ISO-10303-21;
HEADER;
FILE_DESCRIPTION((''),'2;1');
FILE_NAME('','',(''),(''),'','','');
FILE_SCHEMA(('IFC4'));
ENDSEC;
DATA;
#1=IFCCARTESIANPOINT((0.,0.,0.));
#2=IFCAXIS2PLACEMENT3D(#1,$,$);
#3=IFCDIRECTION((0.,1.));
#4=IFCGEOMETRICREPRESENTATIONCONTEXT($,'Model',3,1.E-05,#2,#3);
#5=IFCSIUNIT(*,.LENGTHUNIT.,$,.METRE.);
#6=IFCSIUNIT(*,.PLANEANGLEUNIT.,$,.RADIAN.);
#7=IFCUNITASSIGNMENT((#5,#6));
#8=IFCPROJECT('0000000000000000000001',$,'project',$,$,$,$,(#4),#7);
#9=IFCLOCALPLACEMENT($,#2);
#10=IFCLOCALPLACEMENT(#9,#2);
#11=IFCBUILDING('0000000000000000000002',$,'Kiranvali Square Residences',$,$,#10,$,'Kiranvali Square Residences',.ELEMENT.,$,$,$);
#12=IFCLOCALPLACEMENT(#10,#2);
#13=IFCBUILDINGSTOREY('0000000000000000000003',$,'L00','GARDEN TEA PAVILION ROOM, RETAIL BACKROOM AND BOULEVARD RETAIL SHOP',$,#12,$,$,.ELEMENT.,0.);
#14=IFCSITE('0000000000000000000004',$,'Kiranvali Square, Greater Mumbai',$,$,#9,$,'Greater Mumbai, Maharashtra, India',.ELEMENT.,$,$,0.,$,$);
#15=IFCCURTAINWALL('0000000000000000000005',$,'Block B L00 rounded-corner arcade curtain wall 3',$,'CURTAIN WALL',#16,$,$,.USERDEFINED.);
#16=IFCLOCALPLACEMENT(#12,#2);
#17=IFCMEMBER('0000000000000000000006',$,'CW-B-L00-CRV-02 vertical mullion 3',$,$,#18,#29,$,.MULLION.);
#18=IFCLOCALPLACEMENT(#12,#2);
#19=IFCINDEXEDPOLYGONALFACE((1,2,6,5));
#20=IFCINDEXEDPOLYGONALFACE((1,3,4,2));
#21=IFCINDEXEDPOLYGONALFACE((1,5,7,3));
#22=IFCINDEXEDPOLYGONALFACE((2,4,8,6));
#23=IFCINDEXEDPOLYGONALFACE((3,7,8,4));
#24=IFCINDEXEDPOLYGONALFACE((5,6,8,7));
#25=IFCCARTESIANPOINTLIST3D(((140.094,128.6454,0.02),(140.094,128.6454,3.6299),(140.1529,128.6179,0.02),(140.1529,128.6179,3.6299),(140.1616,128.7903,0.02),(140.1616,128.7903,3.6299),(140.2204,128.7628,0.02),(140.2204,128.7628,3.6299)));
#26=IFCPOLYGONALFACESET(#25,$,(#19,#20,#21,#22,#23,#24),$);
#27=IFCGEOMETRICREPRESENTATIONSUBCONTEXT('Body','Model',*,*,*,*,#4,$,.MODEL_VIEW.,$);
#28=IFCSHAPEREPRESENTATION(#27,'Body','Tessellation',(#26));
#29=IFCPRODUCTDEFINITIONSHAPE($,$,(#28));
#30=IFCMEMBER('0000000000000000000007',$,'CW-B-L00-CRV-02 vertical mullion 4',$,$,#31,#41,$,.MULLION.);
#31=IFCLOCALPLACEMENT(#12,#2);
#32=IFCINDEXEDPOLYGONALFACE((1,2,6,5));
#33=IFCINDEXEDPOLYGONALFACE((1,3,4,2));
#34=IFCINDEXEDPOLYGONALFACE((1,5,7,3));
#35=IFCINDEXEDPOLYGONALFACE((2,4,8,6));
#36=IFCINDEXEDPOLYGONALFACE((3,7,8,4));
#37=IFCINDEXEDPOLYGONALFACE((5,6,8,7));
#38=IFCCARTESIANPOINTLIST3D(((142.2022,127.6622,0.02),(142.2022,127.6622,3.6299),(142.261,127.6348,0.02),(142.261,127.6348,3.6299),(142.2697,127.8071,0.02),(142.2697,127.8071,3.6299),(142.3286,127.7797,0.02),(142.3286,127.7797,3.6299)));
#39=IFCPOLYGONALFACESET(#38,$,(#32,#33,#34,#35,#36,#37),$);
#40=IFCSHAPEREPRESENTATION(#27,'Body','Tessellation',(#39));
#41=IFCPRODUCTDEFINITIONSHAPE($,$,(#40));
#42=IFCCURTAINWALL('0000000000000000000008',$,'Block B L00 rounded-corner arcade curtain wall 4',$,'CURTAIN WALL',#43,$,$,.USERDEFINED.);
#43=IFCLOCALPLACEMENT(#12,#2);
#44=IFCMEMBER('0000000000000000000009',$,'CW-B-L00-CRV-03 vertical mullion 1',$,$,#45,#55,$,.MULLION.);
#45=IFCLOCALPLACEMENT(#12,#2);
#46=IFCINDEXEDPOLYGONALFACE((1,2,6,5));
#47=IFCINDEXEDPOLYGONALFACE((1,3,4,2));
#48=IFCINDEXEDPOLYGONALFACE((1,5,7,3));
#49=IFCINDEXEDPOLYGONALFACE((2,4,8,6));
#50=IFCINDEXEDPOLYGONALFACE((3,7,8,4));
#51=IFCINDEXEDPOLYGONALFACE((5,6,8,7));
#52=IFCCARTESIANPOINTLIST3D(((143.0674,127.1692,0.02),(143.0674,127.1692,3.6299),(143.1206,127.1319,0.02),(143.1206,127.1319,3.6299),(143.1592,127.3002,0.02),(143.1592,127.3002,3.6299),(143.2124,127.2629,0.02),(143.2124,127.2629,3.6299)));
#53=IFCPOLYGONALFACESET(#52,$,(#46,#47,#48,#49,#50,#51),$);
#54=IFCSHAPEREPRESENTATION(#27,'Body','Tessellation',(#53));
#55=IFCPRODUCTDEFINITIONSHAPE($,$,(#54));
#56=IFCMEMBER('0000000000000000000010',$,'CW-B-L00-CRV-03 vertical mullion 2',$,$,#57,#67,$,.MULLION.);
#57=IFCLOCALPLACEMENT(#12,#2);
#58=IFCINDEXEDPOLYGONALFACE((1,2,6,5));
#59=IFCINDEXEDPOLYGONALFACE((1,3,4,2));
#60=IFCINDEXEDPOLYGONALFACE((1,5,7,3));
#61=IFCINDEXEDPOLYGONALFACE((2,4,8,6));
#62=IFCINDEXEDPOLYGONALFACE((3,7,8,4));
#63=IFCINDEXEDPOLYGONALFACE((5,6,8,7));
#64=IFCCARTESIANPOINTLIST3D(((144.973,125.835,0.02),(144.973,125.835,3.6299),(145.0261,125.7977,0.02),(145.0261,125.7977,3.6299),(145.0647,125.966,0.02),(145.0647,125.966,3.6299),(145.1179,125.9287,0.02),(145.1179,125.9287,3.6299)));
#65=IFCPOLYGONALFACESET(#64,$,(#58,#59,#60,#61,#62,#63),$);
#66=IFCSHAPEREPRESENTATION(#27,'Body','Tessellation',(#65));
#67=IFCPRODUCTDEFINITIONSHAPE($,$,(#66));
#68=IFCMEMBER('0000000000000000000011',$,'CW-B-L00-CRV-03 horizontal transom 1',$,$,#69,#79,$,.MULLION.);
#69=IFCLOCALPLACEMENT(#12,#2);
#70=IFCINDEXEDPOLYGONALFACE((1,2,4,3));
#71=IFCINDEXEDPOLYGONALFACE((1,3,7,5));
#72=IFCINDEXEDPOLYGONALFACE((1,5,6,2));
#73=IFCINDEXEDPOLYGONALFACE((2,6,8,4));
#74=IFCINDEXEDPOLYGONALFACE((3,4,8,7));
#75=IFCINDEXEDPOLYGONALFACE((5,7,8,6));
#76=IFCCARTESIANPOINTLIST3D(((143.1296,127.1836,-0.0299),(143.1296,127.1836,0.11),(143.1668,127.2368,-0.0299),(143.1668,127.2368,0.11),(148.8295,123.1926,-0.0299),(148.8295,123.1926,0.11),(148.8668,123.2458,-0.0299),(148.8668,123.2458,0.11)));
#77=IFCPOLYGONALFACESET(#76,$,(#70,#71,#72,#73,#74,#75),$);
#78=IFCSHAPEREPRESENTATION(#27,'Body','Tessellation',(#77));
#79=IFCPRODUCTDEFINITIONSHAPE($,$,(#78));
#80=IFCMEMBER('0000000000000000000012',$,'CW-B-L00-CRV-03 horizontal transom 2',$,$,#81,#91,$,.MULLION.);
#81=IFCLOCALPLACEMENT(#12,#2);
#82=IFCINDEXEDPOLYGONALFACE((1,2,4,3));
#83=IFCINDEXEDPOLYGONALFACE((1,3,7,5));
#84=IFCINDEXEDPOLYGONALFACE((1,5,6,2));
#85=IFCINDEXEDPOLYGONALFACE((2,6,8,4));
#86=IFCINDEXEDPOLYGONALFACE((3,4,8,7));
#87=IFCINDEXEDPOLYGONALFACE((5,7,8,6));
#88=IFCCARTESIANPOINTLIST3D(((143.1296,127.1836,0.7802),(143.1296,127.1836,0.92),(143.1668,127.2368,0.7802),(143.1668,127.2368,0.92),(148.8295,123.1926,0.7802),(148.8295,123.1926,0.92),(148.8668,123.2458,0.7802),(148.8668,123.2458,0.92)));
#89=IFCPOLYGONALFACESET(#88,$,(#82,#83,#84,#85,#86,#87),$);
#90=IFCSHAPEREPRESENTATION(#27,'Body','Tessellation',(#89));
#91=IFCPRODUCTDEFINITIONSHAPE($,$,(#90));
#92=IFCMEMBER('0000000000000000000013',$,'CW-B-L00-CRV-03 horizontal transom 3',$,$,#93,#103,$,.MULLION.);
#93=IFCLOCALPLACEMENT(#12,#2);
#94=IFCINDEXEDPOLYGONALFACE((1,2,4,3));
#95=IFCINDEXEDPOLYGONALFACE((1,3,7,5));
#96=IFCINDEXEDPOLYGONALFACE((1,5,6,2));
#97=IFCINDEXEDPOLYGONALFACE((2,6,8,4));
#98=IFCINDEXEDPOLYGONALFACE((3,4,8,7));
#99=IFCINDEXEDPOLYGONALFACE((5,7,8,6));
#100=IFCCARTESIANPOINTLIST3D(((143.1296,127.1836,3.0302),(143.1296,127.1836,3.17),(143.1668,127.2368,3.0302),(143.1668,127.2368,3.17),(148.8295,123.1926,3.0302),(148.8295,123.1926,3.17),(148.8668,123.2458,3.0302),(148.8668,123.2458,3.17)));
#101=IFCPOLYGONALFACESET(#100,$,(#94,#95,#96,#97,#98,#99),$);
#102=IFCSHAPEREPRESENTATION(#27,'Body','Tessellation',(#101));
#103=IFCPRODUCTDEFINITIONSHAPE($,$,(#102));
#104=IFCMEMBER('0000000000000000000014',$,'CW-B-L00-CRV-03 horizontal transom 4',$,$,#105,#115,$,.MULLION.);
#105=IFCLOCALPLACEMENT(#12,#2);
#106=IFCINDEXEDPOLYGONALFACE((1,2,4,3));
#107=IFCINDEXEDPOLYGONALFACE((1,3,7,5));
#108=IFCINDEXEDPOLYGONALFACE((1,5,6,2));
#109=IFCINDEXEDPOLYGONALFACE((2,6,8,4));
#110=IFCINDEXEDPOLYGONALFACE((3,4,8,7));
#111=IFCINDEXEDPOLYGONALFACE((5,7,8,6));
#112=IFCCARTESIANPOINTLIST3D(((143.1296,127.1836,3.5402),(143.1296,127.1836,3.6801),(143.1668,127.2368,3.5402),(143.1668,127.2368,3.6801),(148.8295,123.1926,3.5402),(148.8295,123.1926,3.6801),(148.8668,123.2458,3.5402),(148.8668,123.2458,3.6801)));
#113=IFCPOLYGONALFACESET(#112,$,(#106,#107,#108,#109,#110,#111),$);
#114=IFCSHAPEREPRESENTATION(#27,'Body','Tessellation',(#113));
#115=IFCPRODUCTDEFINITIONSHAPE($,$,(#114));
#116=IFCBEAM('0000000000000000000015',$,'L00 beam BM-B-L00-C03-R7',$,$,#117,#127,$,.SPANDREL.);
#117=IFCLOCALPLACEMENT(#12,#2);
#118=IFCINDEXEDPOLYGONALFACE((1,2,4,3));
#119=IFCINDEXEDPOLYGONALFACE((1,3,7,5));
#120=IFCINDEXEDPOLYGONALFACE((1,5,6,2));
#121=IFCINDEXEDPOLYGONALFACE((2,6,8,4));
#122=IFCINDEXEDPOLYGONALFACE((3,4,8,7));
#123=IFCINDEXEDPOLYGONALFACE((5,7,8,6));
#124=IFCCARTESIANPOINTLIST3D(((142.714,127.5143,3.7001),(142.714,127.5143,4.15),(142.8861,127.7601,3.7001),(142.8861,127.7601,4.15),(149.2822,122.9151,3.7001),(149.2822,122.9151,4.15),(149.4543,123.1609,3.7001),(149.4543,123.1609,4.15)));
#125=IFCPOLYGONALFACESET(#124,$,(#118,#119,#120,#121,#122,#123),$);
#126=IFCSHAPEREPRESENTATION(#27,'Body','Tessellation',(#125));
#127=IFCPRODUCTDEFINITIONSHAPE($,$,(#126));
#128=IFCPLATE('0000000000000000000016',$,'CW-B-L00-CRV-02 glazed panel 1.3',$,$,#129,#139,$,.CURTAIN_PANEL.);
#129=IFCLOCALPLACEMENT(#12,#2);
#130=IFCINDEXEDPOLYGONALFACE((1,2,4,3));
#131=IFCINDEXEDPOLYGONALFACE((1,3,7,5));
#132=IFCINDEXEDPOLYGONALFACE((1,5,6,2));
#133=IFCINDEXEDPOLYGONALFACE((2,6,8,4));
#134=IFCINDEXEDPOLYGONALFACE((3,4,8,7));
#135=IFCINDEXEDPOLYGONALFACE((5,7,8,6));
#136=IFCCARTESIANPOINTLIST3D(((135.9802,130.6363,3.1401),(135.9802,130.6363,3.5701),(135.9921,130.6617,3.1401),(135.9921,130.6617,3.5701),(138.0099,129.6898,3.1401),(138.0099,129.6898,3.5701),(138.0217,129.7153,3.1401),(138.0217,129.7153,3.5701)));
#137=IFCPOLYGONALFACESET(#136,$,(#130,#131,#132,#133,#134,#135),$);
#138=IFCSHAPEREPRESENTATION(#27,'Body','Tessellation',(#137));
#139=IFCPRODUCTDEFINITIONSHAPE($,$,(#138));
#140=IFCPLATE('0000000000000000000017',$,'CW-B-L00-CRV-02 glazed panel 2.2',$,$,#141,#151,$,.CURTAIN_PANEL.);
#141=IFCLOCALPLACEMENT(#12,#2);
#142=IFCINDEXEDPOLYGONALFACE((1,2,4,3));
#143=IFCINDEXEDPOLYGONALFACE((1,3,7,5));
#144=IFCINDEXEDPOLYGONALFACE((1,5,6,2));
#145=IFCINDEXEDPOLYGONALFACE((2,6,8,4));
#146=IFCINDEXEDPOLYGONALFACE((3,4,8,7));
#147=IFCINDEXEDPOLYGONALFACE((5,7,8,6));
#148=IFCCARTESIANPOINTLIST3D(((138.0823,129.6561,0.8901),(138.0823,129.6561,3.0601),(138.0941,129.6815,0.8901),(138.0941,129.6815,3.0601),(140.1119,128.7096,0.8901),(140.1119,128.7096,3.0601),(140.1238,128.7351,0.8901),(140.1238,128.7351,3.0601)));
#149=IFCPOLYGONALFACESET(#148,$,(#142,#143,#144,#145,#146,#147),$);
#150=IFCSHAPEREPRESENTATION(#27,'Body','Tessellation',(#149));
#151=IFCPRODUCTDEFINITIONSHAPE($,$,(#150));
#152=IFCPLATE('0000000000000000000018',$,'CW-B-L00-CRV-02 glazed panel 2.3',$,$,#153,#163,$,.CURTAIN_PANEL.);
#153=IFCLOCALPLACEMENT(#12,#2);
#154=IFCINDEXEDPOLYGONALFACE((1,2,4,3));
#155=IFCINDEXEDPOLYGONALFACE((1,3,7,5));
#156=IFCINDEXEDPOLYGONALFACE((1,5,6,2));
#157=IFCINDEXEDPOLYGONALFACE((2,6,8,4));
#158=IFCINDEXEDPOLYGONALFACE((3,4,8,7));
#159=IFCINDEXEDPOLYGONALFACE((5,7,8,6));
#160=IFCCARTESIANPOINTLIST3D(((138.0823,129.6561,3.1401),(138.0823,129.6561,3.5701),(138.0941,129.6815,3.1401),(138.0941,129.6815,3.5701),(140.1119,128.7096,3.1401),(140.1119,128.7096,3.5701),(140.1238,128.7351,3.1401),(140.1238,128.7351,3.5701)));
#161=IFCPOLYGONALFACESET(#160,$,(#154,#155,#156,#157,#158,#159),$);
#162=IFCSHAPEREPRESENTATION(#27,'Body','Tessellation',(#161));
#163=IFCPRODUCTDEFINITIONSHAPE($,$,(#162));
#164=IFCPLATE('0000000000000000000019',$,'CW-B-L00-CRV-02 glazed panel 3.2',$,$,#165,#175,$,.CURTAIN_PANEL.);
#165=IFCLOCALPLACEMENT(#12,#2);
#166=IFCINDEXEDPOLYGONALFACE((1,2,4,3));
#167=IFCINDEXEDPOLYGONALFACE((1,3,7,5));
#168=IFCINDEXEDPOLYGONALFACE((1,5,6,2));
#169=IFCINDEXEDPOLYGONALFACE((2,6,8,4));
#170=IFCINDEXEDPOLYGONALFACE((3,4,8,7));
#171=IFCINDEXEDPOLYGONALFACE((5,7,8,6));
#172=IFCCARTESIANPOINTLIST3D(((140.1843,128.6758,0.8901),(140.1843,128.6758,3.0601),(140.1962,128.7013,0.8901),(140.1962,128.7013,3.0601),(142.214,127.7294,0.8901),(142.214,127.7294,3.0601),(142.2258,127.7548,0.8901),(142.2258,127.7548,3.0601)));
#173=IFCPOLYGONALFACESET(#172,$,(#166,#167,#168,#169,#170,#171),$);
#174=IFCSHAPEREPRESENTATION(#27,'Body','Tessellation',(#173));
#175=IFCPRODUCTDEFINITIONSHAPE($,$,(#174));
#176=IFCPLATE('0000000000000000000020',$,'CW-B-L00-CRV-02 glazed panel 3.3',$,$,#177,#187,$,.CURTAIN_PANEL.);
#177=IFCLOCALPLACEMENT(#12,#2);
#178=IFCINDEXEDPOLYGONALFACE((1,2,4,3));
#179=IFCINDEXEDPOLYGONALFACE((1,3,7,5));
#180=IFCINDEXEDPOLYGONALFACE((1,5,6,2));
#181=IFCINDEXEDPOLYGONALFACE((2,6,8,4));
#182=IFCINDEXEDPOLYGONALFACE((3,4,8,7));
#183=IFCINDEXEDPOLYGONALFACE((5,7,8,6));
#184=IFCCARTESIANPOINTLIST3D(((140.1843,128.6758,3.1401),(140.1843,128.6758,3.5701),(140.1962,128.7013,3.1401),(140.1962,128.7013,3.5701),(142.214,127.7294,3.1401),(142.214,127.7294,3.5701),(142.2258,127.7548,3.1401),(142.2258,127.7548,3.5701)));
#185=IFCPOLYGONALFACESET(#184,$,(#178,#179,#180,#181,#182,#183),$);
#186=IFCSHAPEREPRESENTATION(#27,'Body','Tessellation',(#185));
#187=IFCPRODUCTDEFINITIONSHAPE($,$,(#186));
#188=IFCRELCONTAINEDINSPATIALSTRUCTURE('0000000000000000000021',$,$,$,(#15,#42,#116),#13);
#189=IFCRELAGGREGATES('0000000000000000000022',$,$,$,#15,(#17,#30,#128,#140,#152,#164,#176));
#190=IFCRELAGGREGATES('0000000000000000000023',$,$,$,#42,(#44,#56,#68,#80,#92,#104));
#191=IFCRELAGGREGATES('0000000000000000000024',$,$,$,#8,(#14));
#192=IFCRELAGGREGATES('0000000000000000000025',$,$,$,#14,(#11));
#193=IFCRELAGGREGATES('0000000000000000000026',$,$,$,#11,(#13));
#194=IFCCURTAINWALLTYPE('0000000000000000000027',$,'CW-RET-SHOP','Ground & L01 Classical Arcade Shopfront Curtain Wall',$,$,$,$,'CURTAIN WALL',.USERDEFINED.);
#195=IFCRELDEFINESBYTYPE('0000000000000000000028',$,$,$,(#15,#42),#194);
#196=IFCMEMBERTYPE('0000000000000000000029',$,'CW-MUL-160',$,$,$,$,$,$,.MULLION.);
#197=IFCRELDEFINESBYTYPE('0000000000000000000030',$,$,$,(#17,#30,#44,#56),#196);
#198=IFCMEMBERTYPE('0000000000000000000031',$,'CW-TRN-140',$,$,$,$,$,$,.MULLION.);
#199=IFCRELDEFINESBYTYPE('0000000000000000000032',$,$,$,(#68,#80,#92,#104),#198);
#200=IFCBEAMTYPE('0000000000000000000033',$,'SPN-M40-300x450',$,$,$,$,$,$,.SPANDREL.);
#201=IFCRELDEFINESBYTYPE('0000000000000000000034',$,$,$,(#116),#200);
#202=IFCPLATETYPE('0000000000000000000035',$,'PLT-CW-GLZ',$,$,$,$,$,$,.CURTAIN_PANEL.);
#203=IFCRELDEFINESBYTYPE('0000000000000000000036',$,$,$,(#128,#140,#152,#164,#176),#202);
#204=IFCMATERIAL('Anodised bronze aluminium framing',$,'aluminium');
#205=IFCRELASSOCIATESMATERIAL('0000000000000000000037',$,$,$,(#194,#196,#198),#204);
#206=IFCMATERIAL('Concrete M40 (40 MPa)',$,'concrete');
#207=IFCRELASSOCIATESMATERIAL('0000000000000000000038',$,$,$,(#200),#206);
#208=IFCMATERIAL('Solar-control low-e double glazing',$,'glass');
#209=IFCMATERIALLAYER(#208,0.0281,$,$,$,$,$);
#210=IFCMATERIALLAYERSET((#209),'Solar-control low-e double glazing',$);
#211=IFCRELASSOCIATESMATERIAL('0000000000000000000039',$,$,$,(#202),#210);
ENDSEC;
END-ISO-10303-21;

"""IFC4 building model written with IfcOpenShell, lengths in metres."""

from ifc_helpers import new_model, si_unit, direction, frame, origin, origin_2d, place, context, subcontext, project, spatial, rectangle, extrude, material, layer, layer_set, material_profile, profile_set, type_object, element, aggregate, save


model = new_model("IFC4")

# Units and contexts
model_context = context("Model", 3, precision=1e-05, world=origin(), true_north=direction((0.0, 1.0)))
body_context = subcontext(model_context, "Body", "Model", "MODEL_VIEW")
ifc_project = project(units=[si_unit("LENGTHUNIT", "METRE"), si_unit("PLANEANGLEUNIT", "RADIAN")], contexts=[model_context])

# Site, building, storey
site_placement = place(None, origin())
site = spatial("IfcSite", under=ifc_project, at=site_placement, Name="Kiranvali Square, Greater Mumbai", LongName="Greater Mumbai, Maharashtra, India", CompositionType="ELEMENT", RefElevation=0.0)
building_placement = place(site_placement, origin())
building = spatial("IfcBuilding", under=site, at=building_placement, Name="Kiranvali Square Residences", LongName="Kiranvali Square Residences", CompositionType="ELEMENT")
storey_placement = place(building_placement, origin())
storey = spatial("IfcBuildingStorey", under=building, at=storey_placement, Name="L00", Description="GARDEN TEA PAVILION ROOM, RETAIL BACKROOM AND BOULEVARD RETAIL SHOP", CompositionType="ELEMENT", Elevation=0.0)

# Curtain walls, members
ifc_material_1 = material(Name="Anodised bronze aluminium framing", Category="aluminium")
curtain_wall_type = type_object("IfcCurtainWallType", Name="CW-RET-SHOP", Description="Ground & L01 Classical Arcade Shopfront Curtain Wall", ElementType="CURTAIN WALL", PredefinedType="USERDEFINED", material=ifc_material_1)
curtain_wall_1_placement = place(storey_placement, origin())
curtain_wall_1 = element("IfcCurtainWall", 1, at=curtain_wall_1_placement, inside=storey, type_object=curtain_wall_type, Name="Block B L00 rounded-corner arcade curtain wall 3", ObjectType="CURTAIN WALL", PredefinedType="USERDEFINED")
ifc_material_profile_1 = material_profile(ifc_material_1, rectangle(XDim=0.0649, YDim=0.1599, at=origin_2d()), Name="ALU 65x160")
ifc_profile_set_1 = profile_set([ifc_material_profile_1], Name="Anodised bronze aluminium framing")
member_type_1 = type_object("IfcMemberType", Name="CW-MUL-160", PredefinedType="MULLION", material=ifc_profile_set_1)
member_1_placement = place(storey_placement, frame((140.1572, 128.7041, 0.02), z_axis=(0.0, 0.0, 1.0), x_axis=(0.906308, -0.422618, 0.0)))
member_1 = element("IfcMember", 2, at=member_1_placement, type_object=member_type_1, Name="CW-B-L00-CRV-02 vertical mullion 3", PredefinedType="MULLION", context=body_context, shape_type="SweptSolid", body=[
    extrude(rectangle(XDim=0.0649, YDim=0.1599, at=origin_2d()), origin(), (0.0, 0.0, 1.0), 3.6099),
])
member_2_placement = place(storey_placement, frame((142.2654, 127.7209, 0.02), z_axis=(0.0, 0.0, 1.0), x_axis=(0.906308, -0.422618, 0.0)))
member_2 = element("IfcMember", 3, at=member_2_placement, type_object=member_type_1, Name="CW-B-L00-CRV-02 vertical mullion 4", PredefinedType="MULLION", context=body_context, shape_type="SweptSolid", body=[
    extrude(rectangle(XDim=0.0649, YDim=0.1599, at=origin_2d()), origin(), (0.0, 0.0, 1.0), 3.6099),
])
curtain_wall_2_placement = place(storey_placement, origin())
curtain_wall_2 = element("IfcCurtainWall", 4, at=curtain_wall_2_placement, inside=storey, type_object=curtain_wall_type, Name="Block B L00 rounded-corner arcade curtain wall 4", ObjectType="CURTAIN WALL", PredefinedType="USERDEFINED")
member_3_placement = place(storey_placement, frame((143.1399, 127.2161, 0.02), z_axis=(0.0, 0.0, 1.0), x_axis=(0.819152, -0.573576, 0.0)))
member_3 = element("IfcMember", 5, at=member_3_placement, type_object=member_type_1, Name="CW-B-L00-CRV-03 vertical mullion 1", PredefinedType="MULLION", context=body_context, shape_type="SweptSolid", body=[
    extrude(rectangle(XDim=0.0649, YDim=0.1599, at=origin_2d()), origin(), (0.0, 0.0, 1.0), 3.6099),
])
member_4_placement = place(storey_placement, frame((145.0454, 125.8818, 0.02), z_axis=(0.0, 0.0, 1.0), x_axis=(0.819152, -0.573576, 0.0)))
member_4 = element("IfcMember", 6, at=member_4_placement, type_object=member_type_1, Name="CW-B-L00-CRV-03 vertical mullion 2", PredefinedType="MULLION", context=body_context, shape_type="SweptSolid", body=[
    extrude(rectangle(XDim=0.0649, YDim=0.1599, at=origin_2d()), origin(), (0.0, 0.0, 1.0), 3.6099),
])
ifc_material_profile_2 = material_profile(ifc_material_1, rectangle(XDim=0.0649, YDim=0.1399, at=origin_2d()), Name="ALU 65x140")
ifc_profile_set_2 = profile_set([ifc_material_profile_2], Name="Anodised bronze aluminium framing")
member_type_2 = type_object("IfcMemberType", Name="CW-TRN-140", PredefinedType="MULLION", material=ifc_profile_set_2)
member_5_placement = place(storey_placement, frame((143.1482, 127.2102, 0.04), z_axis=(0.819164, -0.573559, 0.0), x_axis=(0.573559, 0.819164, 0.0)))
member_5 = element("IfcMember", 7, at=member_5_placement, type_object=member_type_2, Name="CW-B-L00-CRV-03 horizontal transom 1", PredefinedType="MULLION", context=body_context, shape_type="SweptSolid", body=[
    extrude(rectangle(XDim=0.0649, YDim=0.1399, at=origin_2d()), origin(), (0.0, 0.0, 1.0), 6.9583),
])
member_6_placement = place(storey_placement, frame((143.1482, 127.2102, 0.8501), z_axis=(0.819164, -0.573559, 0.0), x_axis=(0.573559, 0.819164, 0.0)))
member_6 = element("IfcMember", 8, at=member_6_placement, type_object=member_type_2, Name="CW-B-L00-CRV-03 horizontal transom 2", PredefinedType="MULLION", context=body_context, shape_type="SweptSolid", body=[
    extrude(rectangle(XDim=0.0649, YDim=0.1399, at=origin_2d()), origin(), (0.0, 0.0, 1.0), 6.9583),
])
member_7_placement = place(storey_placement, frame((143.1482, 127.2102, 3.1001), z_axis=(0.819164, -0.573559, 0.0), x_axis=(0.573559, 0.819164, 0.0)))
member_7 = element("IfcMember", 9, at=member_7_placement, type_object=member_type_2, Name="CW-B-L00-CRV-03 horizontal transom 3", PredefinedType="MULLION", context=body_context, shape_type="SweptSolid", body=[
    extrude(rectangle(XDim=0.0649, YDim=0.1399, at=origin_2d()), origin(), (0.0, 0.0, 1.0), 6.9583),
])
member_8_placement = place(storey_placement, frame((143.1482, 127.2102, 3.6101), z_axis=(0.819164, -0.573559, 0.0), x_axis=(0.573559, 0.819164, 0.0)))
member_8 = element("IfcMember", 10, at=member_8_placement, type_object=member_type_2, Name="CW-B-L00-CRV-03 horizontal transom 4", PredefinedType="MULLION", context=body_context, shape_type="SweptSolid", body=[
    extrude(rectangle(XDim=0.0649, YDim=0.1399, at=origin_2d()), origin(), (0.0, 0.0, 1.0), 6.9583),
])

# Beam
ifc_material_2 = material(Name="Concrete M40 (40 MPa)", Category="concrete")
ifc_material_profile_3 = material_profile(ifc_material_2, rectangle(XDim=0.3, YDim=0.45, at=origin_2d()), Name="RC 300x450")
ifc_profile_set_3 = profile_set([ifc_material_profile_3], Name="Concrete M40 (40 MPa)")
beam_type_1 = type_object("IfcBeamType", Name="SPN-M40-300x450", PredefinedType="SPANDREL", material=ifc_profile_set_3)
beam_1_placement = place(storey_placement, frame((142.8, 127.6372, 3.925), z_axis=(0.819148, -0.573583, 0.0), x_axis=(0.573583, 0.819148, 0.0)))
element("IfcBeam", 11, at=beam_1_placement, inside=storey, type_object=beam_type_1, Name="L00 beam BM-B-L00-C03-R7", PredefinedType="SPANDREL", context=body_context, shape_type="SweptSolid", body=[
    extrude(rectangle(XDim=0.3, YDim=0.45, at=origin_2d()), origin(), (0.0, 0.0, 1.0), 8.0183),
])

# Plates
ifc_material_3 = material(Name="Solar-control low-e double glazing", Category="glass")
ifc_layer_1 = layer(ifc_material_3, 0.0281)
ifc_layer_set_1 = layer_set([ifc_layer_1], Name="Solar-control low-e double glazing")
plate_type_1 = type_object("IfcPlateType", Name="PLT-CW-GLZ", PredefinedType="CURTAIN_PANEL", material=ifc_layer_set_1)
plate_1_placement = place(storey_placement, frame((137.001, 130.1758, 3.1401), z_axis=(0.0, 0.0, 1.0), x_axis=(0.906308, -0.422618, 0.0)))
plate_1 = element("IfcPlate", 12, at=plate_1_placement, type_object=plate_type_1, Name="CW-B-L00-CRV-02 glazed panel 1.3", PredefinedType="CURTAIN_PANEL", context=body_context, shape_type="SweptSolid", body=[
    extrude(rectangle(XDim=2.2395, YDim=0.0281, at=origin_2d()), origin(), (0.0, 0.0, 1.0), 0.4299),
])
plate_2_placement = place(storey_placement, frame((139.103, 129.1956, 0.8901), z_axis=(0.0, 0.0, 1.0), x_axis=(0.906308, -0.422618, 0.0)))
plate_2 = element("IfcPlate", 13, at=plate_2_placement, type_object=plate_type_1, Name="CW-B-L00-CRV-02 glazed panel 2.2", PredefinedType="CURTAIN_PANEL", context=body_context, shape_type="SweptSolid", body=[
    extrude(rectangle(XDim=2.2395, YDim=0.0281, at=origin_2d()), origin(), (0.0, 0.0, 1.0), 2.1699),
])
plate_3_placement = place(storey_placement, frame((139.103, 129.1956, 3.1401), z_axis=(0.0, 0.0, 1.0), x_axis=(0.906308, -0.422618, 0.0)))
plate_3 = element("IfcPlate", 14, at=plate_3_placement, type_object=plate_type_1, Name="CW-B-L00-CRV-02 glazed panel 2.3", PredefinedType="CURTAIN_PANEL", context=body_context, shape_type="SweptSolid", body=[
    extrude(rectangle(XDim=2.2395, YDim=0.0281, at=origin_2d()), origin(), (0.0, 0.0, 1.0), 0.4299),
])
plate_4_placement = place(storey_placement, frame((141.2051, 128.2153, 0.8901), z_axis=(0.0, 0.0, 1.0), x_axis=(0.906308, -0.422618, 0.0)))
plate_4 = element("IfcPlate", 15, at=plate_4_placement, type_object=plate_type_1, Name="CW-B-L00-CRV-02 glazed panel 3.2", PredefinedType="CURTAIN_PANEL", context=body_context, shape_type="SweptSolid", body=[
    extrude(rectangle(XDim=2.2395, YDim=0.0281, at=origin_2d()), origin(), (0.0, 0.0, 1.0), 2.1699),
])
plate_5_placement = place(storey_placement, frame((141.2051, 128.2153, 3.1401), z_axis=(0.0, 0.0, 1.0), x_axis=(0.906308, -0.422618, 0.0)))
plate_5 = element("IfcPlate", 16, at=plate_5_placement, type_object=plate_type_1, Name="CW-B-L00-CRV-02 glazed panel 3.3", PredefinedType="CURTAIN_PANEL", context=body_context, shape_type="SweptSolid", body=[
    extrude(rectangle(XDim=2.2395, YDim=0.0281, at=origin_2d()), origin(), (0.0, 0.0, 1.0), 0.4299),
])
aggregate(curtain_wall_1, [member_1, member_2, plate_1, plate_2, plate_3, plate_4, plate_5])
aggregate(curtain_wall_2, [member_3, member_4, member_5, member_6, member_7, member_8])

save(model, "model.ifc")
